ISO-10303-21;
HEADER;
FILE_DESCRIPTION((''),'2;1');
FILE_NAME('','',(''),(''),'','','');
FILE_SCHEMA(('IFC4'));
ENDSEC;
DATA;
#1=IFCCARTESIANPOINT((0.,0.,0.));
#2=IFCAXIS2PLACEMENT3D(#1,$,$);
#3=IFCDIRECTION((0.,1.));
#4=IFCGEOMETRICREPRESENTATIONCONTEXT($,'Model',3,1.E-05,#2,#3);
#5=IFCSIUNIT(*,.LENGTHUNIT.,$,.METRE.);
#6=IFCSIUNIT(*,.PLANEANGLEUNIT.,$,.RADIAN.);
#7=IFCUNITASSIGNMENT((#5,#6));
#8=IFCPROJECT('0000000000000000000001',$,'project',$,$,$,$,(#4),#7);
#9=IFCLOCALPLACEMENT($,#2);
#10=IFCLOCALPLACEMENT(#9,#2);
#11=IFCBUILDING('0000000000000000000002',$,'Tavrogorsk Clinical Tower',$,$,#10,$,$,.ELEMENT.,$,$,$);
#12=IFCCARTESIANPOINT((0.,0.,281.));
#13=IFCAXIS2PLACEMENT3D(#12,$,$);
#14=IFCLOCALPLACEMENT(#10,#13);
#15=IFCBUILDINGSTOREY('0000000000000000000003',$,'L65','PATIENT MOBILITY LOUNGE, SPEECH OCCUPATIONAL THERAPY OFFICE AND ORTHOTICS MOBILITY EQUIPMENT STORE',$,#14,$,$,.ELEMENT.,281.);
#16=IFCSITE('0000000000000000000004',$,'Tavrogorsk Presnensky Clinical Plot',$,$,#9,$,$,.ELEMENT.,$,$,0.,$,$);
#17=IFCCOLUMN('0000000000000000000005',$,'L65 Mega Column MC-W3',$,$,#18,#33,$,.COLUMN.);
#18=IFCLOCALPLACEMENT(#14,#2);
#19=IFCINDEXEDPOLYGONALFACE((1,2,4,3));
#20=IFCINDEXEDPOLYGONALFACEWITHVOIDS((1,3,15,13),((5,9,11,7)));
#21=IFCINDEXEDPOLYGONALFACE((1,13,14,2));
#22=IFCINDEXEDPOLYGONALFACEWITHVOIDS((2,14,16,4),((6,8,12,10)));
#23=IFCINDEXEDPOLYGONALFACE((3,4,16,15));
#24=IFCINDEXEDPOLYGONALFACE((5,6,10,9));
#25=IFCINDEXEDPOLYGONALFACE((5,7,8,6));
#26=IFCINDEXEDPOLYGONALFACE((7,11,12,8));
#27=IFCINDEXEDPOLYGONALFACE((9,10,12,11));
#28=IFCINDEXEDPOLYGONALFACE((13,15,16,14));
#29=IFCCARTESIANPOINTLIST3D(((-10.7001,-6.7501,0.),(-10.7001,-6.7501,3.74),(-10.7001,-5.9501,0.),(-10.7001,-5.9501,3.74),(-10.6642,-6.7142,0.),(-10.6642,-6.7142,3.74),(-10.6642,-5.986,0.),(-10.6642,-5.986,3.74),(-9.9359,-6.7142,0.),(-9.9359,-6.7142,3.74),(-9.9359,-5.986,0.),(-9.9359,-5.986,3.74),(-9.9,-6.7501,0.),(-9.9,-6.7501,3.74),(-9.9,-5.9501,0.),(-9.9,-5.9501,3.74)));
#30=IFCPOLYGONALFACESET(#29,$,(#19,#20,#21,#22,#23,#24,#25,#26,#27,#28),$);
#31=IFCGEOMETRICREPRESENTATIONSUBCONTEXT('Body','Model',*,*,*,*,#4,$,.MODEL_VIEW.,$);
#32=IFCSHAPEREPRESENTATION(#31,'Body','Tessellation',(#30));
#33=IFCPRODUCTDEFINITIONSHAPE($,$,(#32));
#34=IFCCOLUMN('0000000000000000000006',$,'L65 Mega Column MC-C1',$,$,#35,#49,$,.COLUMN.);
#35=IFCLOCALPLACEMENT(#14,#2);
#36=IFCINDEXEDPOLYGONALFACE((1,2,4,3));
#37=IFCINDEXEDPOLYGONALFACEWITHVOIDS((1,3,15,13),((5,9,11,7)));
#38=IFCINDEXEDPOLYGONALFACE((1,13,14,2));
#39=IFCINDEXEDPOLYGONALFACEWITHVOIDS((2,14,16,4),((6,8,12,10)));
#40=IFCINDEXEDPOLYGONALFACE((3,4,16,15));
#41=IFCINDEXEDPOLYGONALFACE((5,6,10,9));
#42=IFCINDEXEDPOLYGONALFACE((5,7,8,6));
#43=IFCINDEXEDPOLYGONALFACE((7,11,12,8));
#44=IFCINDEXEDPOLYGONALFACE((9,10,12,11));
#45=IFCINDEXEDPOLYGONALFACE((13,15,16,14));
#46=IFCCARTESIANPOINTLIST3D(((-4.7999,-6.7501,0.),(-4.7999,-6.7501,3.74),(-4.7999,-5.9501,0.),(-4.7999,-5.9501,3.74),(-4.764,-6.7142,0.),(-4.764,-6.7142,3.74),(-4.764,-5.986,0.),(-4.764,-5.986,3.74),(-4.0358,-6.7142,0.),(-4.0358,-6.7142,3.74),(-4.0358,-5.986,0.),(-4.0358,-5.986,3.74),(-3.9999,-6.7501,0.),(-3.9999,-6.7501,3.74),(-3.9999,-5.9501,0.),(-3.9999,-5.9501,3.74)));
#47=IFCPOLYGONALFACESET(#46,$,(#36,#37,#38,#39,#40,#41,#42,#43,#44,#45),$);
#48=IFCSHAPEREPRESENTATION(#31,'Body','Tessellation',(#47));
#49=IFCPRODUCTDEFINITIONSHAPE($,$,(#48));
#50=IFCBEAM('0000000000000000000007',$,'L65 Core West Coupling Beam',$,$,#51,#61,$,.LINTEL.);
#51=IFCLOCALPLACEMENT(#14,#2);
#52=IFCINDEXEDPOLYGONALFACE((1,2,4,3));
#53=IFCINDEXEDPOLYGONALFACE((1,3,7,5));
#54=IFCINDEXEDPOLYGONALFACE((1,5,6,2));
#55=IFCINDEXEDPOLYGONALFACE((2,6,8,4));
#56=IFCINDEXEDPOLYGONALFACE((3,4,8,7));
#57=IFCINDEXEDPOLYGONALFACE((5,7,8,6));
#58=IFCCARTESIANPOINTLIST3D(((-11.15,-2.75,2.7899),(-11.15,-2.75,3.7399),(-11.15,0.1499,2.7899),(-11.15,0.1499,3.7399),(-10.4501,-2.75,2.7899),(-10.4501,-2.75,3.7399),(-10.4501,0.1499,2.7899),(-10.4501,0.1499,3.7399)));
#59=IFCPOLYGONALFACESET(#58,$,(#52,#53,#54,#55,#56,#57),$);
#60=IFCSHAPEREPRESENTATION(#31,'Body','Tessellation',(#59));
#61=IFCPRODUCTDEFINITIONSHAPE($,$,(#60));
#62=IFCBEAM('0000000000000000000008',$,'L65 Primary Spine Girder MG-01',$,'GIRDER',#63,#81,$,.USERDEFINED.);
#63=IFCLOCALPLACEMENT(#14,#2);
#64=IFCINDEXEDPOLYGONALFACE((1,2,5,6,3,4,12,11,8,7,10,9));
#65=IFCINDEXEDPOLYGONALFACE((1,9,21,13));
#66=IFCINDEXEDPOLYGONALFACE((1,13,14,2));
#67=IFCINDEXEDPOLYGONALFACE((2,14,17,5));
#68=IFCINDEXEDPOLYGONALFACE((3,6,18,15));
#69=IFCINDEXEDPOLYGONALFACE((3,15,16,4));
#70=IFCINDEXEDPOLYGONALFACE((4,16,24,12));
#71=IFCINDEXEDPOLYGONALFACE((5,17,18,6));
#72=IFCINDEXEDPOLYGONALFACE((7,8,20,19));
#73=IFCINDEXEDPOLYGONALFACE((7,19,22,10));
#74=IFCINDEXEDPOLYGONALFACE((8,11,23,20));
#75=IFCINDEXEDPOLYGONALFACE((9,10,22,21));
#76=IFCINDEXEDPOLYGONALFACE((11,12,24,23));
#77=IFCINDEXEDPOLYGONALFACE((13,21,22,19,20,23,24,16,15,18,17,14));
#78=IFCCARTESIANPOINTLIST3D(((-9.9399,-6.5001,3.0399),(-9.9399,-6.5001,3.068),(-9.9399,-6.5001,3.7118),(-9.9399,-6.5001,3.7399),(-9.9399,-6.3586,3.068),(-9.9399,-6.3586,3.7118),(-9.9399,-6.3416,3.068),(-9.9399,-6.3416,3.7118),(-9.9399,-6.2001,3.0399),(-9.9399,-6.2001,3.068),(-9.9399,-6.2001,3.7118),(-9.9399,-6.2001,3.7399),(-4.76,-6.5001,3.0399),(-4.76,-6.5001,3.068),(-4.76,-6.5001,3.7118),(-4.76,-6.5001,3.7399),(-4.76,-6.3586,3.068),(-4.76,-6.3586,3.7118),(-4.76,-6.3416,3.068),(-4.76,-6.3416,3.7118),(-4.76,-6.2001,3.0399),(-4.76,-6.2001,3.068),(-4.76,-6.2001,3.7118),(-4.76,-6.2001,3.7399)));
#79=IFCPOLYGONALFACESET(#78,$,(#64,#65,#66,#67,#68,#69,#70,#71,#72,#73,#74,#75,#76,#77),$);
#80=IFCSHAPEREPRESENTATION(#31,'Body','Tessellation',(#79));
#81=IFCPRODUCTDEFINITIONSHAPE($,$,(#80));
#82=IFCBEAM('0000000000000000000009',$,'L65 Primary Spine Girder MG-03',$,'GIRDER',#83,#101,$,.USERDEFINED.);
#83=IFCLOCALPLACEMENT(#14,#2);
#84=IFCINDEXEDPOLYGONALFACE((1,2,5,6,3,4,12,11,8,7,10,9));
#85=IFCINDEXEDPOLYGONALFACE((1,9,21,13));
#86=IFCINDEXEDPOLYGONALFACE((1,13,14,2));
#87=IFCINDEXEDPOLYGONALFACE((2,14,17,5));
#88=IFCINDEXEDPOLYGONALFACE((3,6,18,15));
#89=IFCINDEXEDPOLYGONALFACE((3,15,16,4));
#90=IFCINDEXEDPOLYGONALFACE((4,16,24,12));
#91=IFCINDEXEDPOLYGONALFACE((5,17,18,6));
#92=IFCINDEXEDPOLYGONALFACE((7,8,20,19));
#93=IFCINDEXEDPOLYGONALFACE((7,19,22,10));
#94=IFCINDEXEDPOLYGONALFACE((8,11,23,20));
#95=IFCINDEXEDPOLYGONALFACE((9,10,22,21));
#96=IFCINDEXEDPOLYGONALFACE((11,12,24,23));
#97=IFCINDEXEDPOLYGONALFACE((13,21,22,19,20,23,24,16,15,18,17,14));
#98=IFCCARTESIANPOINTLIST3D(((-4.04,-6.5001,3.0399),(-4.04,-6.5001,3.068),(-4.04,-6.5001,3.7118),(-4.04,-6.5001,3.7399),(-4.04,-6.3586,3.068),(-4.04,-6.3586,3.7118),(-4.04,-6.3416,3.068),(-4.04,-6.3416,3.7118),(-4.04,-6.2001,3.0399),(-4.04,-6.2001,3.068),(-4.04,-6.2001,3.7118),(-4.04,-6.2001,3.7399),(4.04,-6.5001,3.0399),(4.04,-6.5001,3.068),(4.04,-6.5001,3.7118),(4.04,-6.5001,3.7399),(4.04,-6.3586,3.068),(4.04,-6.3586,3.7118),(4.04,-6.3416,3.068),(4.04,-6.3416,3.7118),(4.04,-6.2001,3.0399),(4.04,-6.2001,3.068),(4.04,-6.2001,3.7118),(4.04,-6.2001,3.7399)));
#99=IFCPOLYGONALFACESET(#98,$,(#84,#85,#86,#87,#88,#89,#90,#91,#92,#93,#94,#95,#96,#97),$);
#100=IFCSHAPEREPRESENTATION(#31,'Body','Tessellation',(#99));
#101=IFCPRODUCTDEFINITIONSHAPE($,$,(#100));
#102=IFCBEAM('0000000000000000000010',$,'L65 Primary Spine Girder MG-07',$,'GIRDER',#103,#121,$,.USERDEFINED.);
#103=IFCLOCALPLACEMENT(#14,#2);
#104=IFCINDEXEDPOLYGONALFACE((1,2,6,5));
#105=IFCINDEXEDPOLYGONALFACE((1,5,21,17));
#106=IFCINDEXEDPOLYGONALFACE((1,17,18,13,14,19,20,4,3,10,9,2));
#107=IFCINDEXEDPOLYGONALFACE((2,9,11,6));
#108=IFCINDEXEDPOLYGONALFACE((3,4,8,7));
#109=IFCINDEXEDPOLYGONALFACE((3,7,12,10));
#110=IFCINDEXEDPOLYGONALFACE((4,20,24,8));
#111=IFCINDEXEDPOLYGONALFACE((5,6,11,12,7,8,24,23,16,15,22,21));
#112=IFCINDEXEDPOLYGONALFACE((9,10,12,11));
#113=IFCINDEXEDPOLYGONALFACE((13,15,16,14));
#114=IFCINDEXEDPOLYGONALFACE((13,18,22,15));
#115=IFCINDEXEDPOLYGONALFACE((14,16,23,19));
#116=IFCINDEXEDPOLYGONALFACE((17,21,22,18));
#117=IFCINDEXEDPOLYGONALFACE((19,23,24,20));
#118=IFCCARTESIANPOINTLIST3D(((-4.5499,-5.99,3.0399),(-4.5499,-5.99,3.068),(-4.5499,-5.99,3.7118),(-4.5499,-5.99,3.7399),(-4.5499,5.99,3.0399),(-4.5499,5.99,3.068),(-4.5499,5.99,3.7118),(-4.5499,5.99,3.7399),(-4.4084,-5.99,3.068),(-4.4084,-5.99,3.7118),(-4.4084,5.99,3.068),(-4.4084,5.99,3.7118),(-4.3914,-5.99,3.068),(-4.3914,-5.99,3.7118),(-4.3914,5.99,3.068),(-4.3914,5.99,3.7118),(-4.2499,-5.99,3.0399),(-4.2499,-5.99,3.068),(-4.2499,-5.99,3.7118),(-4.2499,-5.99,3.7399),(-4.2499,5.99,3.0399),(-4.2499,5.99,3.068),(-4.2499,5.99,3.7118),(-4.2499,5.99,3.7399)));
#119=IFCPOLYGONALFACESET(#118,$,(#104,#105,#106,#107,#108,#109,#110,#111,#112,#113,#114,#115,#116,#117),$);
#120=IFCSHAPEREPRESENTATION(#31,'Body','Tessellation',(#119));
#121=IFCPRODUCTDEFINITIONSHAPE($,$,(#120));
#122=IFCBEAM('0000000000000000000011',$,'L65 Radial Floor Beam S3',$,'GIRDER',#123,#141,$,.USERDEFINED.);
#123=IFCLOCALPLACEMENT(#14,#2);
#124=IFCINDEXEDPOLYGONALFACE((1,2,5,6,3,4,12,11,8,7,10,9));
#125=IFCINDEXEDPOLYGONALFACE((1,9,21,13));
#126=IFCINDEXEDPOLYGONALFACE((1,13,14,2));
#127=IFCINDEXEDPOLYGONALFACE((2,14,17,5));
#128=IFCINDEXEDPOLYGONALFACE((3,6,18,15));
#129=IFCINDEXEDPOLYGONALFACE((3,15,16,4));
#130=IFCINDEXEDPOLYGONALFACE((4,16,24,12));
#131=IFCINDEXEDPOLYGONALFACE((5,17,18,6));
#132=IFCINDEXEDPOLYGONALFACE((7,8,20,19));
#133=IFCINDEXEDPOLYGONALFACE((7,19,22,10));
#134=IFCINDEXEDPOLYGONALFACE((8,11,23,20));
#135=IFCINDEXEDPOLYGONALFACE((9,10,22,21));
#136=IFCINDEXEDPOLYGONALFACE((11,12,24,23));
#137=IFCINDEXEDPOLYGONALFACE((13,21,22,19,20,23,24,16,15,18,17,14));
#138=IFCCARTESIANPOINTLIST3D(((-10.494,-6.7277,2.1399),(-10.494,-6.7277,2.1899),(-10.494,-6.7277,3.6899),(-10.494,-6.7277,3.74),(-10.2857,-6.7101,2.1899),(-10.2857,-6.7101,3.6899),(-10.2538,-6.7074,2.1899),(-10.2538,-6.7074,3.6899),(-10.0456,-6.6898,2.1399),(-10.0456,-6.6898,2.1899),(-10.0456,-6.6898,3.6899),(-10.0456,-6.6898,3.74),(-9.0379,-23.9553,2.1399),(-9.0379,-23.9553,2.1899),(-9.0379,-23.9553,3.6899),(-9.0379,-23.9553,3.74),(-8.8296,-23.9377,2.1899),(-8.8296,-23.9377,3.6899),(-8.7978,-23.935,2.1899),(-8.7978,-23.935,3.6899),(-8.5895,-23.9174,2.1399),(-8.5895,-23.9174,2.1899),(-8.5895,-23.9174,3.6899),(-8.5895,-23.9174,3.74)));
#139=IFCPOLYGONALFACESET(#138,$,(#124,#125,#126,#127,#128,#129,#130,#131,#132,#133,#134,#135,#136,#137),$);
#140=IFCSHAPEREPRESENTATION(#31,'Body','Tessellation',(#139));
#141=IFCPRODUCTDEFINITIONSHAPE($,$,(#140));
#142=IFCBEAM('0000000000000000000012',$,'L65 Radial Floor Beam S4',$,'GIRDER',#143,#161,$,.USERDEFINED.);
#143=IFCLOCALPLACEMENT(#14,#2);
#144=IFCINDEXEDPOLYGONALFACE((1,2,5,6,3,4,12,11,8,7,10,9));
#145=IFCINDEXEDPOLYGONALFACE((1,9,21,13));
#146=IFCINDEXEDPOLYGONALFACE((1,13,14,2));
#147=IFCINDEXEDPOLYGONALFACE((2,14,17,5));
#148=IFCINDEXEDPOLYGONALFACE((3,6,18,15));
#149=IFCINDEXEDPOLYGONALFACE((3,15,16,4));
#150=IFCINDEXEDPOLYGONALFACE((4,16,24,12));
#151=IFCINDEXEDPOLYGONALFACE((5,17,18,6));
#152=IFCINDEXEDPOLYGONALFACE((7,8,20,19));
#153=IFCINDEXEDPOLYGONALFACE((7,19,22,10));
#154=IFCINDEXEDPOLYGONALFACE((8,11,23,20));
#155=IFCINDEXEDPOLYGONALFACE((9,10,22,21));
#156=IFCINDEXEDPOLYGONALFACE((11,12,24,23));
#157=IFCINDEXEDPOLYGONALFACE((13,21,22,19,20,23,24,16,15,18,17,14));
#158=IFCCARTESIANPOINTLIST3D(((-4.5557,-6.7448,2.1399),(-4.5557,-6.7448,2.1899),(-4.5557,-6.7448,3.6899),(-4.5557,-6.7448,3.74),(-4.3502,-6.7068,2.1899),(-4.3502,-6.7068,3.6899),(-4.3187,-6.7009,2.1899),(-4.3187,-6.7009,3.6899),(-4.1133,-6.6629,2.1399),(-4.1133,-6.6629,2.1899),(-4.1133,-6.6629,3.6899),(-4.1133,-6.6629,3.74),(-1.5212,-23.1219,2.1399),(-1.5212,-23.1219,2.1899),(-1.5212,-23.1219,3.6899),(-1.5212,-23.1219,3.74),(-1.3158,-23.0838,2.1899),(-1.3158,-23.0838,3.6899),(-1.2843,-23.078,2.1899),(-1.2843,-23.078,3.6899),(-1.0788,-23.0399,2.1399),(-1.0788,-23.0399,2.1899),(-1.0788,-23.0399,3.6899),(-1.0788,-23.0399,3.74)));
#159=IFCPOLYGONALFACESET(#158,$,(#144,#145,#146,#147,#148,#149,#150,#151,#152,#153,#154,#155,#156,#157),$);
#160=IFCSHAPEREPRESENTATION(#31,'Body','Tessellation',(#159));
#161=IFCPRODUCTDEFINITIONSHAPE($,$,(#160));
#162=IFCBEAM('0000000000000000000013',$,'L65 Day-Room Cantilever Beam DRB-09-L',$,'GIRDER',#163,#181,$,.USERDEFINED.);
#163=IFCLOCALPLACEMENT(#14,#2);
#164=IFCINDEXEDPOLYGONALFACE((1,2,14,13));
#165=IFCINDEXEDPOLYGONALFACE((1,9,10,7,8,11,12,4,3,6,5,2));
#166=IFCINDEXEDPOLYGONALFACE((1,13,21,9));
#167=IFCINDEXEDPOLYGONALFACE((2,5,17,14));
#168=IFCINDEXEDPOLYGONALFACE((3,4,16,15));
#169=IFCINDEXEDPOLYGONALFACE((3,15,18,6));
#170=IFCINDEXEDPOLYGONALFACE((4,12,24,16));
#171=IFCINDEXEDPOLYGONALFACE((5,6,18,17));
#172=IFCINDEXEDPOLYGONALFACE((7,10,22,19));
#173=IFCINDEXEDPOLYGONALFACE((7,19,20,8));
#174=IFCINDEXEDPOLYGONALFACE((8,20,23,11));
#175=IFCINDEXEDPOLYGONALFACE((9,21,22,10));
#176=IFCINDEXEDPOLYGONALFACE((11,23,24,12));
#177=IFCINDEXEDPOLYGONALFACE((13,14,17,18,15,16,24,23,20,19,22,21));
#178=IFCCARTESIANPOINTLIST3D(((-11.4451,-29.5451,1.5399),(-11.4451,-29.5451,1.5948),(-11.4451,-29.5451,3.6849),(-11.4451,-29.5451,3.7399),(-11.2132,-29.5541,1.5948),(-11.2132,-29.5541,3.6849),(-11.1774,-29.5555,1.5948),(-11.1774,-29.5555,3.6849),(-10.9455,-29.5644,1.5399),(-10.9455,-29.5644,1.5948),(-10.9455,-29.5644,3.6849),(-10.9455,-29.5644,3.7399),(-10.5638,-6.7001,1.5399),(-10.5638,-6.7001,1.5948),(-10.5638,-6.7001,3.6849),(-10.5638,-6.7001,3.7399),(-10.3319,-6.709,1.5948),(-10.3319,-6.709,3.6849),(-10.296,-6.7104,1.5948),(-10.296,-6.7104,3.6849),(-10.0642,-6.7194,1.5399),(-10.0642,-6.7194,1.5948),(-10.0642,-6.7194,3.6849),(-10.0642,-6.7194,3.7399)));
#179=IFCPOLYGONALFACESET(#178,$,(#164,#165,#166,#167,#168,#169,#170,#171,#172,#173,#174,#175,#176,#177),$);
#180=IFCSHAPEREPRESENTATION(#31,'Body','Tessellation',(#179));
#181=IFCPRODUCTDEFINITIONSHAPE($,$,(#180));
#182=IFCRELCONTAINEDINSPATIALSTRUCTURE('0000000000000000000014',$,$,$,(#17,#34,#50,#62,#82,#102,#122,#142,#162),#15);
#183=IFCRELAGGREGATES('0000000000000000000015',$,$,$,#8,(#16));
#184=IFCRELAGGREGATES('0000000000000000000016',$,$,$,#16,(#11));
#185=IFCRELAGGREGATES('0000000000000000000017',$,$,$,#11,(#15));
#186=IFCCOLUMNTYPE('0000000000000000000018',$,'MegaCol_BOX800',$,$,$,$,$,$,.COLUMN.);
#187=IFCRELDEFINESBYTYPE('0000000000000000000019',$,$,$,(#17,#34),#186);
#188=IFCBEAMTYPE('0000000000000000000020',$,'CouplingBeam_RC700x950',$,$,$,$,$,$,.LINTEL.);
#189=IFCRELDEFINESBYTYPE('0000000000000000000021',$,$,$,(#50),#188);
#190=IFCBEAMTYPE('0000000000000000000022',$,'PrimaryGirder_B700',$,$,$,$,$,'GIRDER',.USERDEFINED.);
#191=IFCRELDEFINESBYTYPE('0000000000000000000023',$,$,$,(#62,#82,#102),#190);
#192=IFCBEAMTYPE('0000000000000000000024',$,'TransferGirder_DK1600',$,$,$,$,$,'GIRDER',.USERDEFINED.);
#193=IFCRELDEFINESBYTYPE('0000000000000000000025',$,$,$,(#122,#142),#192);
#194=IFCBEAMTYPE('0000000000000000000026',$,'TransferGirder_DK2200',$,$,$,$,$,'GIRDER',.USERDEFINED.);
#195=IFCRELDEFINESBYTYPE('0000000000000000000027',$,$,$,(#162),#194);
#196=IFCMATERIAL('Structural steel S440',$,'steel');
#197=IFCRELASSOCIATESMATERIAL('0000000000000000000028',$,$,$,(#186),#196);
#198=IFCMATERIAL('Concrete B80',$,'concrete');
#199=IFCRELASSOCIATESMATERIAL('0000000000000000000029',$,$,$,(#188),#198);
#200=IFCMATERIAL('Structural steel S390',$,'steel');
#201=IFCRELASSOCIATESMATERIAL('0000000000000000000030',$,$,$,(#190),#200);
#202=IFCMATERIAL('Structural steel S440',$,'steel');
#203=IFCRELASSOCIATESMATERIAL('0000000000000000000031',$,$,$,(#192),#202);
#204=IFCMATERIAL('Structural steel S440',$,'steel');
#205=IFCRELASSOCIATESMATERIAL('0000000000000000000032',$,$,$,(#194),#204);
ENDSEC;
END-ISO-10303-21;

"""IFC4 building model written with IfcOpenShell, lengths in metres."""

from ifc_helpers import new_model, si_unit, direction, frame, origin, origin_2d, place, context, subcontext, project, spatial, rectangle, hollow_rectangle, i_section, extrude, material, material_profile, profile_set, type_object, element, save


model = new_model("IFC4")

# Units and contexts
model_context = context("Model", 3, precision=1e-05, world=origin(), true_north=direction((0.0, 1.0)))
body_context = subcontext(model_context, "Body", "Model", "MODEL_VIEW")
ifc_project = project(units=[si_unit("LENGTHUNIT", "METRE"), si_unit("PLANEANGLEUNIT", "RADIAN")], contexts=[model_context])

# Site, building, storey
site_placement = place(None, origin())
site = spatial("IfcSite", under=ifc_project, at=site_placement, Name="Tavrogorsk Presnensky Clinical Plot", CompositionType="ELEMENT", RefElevation=0.0)
building_placement = place(site_placement, origin())
building = spatial("IfcBuilding", under=site, at=building_placement, Name="Tavrogorsk Clinical Tower", CompositionType="ELEMENT")
storey_placement = place(building_placement, frame((0.0, 0.0, 281.0)))
storey = spatial("IfcBuildingStorey", under=building, at=storey_placement, Name="L65", Description="PATIENT MOBILITY LOUNGE, SPEECH OCCUPATIONAL THERAPY OFFICE AND ORTHOTICS MOBILITY EQUIPMENT STORE", CompositionType="ELEMENT", Elevation=281.0)

# Columns
ifc_material_1 = material(Name="Structural steel S440", Category="steel")
ifc_material_profile_1 = material_profile(ifc_material_1, hollow_rectangle(XDim=0.8, YDim=0.8, WallThickness=0.0359, at=origin_2d()), Name="BOX-800x800x36")
ifc_profile_set_1 = profile_set([ifc_material_profile_1], Name="Structural steel S440")
column_type = type_object("IfcColumnType", Name="MegaCol_BOX800", PredefinedType="COLUMN", material=ifc_profile_set_1)
for number, where, z_axis, x_axis, name in (
    (1, (-10.3, -6.3501, 0.0), (0.0, 0.0, 1.0), (1.0, 0.0, 0.0), "L65 Mega Column MC-W3"),
    (2, (-4.3999, -6.3501, 0.0), (0.0, 0.0, 1.0), (1.0, 0.0, 0.0), "L65 Mega Column MC-C1"),
):
    element("IfcColumn", number, at=place(storey_placement, frame(where, z_axis=z_axis, x_axis=x_axis)), inside=storey, type_object=column_type, Name=name, PredefinedType="COLUMN", context=body_context, shape_type="SweptSolid", body=[
        extrude(hollow_rectangle(XDim=0.8, YDim=0.8, WallThickness=0.0359, at=origin_2d()), origin(), (0.0, 0.0, 1.0), 3.74),
    ])

# Beams
ifc_material_2 = material(Name="Concrete B80", Category="concrete")
ifc_material_profile_2 = material_profile(ifc_material_2, rectangle(XDim=0.7, YDim=0.95, at=origin_2d()), Name="RC-CB-700x950")
ifc_profile_set_2 = profile_set([ifc_material_profile_2], Name="Concrete B80")
beam_type_1 = type_object("IfcBeamType", Name="CouplingBeam_RC700x950", PredefinedType="LINTEL", material=ifc_profile_set_2)
beam_1_placement = place(storey_placement, frame((-10.8, -2.75, 3.2649), z_axis=(0.0, 1.0, 0.0), x_axis=(-1.0, 0.0, 0.0)))
element("IfcBeam", 3, at=beam_1_placement, inside=storey, type_object=beam_type_1, Name="L65 Core West Coupling Beam", PredefinedType="LINTEL", context=body_context, shape_type="SweptSolid", body=[
    extrude(rectangle(XDim=0.7, YDim=0.95, at=origin_2d()), origin(), (0.0, 0.0, 1.0), 2.8999),
])
ifc_material_3 = material(Name="Structural steel S390", Category="steel")
ifc_material_profile_3 = material_profile(ifc_material_3, i_section(OverallWidth=0.3, OverallDepth=0.7, WebThickness=0.0171, FlangeThickness=0.0281, at=origin_2d()), Name="B-700x300x17x28")
ifc_profile_set_3 = profile_set([ifc_material_profile_3], Name="Structural steel S390")
beam_type_2 = type_object("IfcBeamType", Name="PrimaryGirder_B700", ElementType="GIRDER", PredefinedType="USERDEFINED", material=ifc_profile_set_3)
beam_2_placement = place(storey_placement, frame((-9.9399, -6.3501, 3.3899), z_axis=(1.0, 0.0, 0.0), x_axis=(0.0, 1.0, 0.0)))
element("IfcBeam", 4, at=beam_2_placement, inside=storey, type_object=beam_type_2, Name="L65 Primary Spine Girder MG-01", ObjectType="GIRDER", PredefinedType="USERDEFINED", context=body_context, shape_type="SweptSolid", body=[
    extrude(i_section(OverallWidth=0.3, OverallDepth=0.7, WebThickness=0.0171, FlangeThickness=0.0281, at=origin_2d()), origin(), (0.0, 0.0, 1.0), 5.1799),
])
beam_3_placement = place(storey_placement, frame((-4.04, -6.3501, 3.3899), z_axis=(1.0, 0.0, 0.0), x_axis=(0.0, 1.0, 0.0)))
element("IfcBeam", 5, at=beam_3_placement, inside=storey, type_object=beam_type_2, Name="L65 Primary Spine Girder MG-03", ObjectType="GIRDER", PredefinedType="USERDEFINED", context=body_context, shape_type="SweptSolid", body=[
    extrude(i_section(OverallWidth=0.3, OverallDepth=0.7, WebThickness=0.0171, FlangeThickness=0.0281, at=origin_2d()), origin(), (0.0, 0.0, 1.0), 8.0801),
])
beam_4_placement = place(storey_placement, frame((-4.3999, -5.99, 3.3899), z_axis=(0.0, 1.0, 0.0), x_axis=(-1.0, 0.0, 0.0)))
element("IfcBeam", 6, at=beam_4_placement, inside=storey, type_object=beam_type_2, Name="L65 Primary Spine Girder MG-07", ObjectType="GIRDER", PredefinedType="USERDEFINED", context=body_context, shape_type="SweptSolid", body=[
    extrude(i_section(OverallWidth=0.3, OverallDepth=0.7, WebThickness=0.0171, FlangeThickness=0.0281, at=origin_2d()), origin(), (0.0, 0.0, 1.0), 11.98),
])
ifc_material_4 = material(Name="Structural steel S440", Category="steel")
ifc_material_profile_4 = material_profile(ifc_material_4, i_section(OverallWidth=0.45, OverallDepth=1.6001, WebThickness=0.032, FlangeThickness=0.05, at=origin_2d()), Name="DK-1600x450x32x50")
ifc_profile_set_4 = profile_set([ifc_material_profile_4], Name="Structural steel S440")
beam_type_3 = type_object("IfcBeamType", Name="TransferGirder_DK1600", ElementType="GIRDER", PredefinedType="USERDEFINED", material=ifc_profile_set_4)
beam_5_placement = place(storey_placement, frame((-10.2698, -6.7087, 2.9399), z_axis=(0.084219, -0.996447, 0.0), x_axis=(0.996447, 0.084219, 0.0)))
element("IfcBeam", 7, at=beam_5_placement, inside=storey, type_object=beam_type_3, Name="L65 Radial Floor Beam S3", ObjectType="GIRDER", PredefinedType="USERDEFINED", context=body_context, shape_type="SweptSolid", body=[
    extrude(i_section(OverallWidth=0.45, OverallDepth=1.6001, WebThickness=0.032, FlangeThickness=0.05, at=origin_2d()), origin(), (0.0, 0.0, 1.0), 17.2891),
])
beam_6_placement = place(storey_placement, frame((-4.3345, -6.7039, 2.9399), z_axis=(0.182185, -0.983264, 0.0), x_axis=(0.983264, 0.182185, 0.0)))
element("IfcBeam", 8, at=beam_6_placement, inside=storey, type_object=beam_type_3, Name="L65 Radial Floor Beam S4", ObjectType="GIRDER", PredefinedType="USERDEFINED", context=body_context, shape_type="SweptSolid", body=[
    extrude(i_section(OverallWidth=0.45, OverallDepth=1.6001, WebThickness=0.032, FlangeThickness=0.05, at=origin_2d()), origin(), (0.0, 0.0, 1.0), 16.6558),
])
ifc_material_5 = material(Name="Structural steel S440", Category="steel")
ifc_material_profile_5 = material_profile(ifc_material_5, i_section(OverallWidth=0.5, OverallDepth=2.2, WebThickness=0.0359, FlangeThickness=0.0549, at=origin_2d()), Name="DK-2200x500x36x55")
ifc_profile_set_5 = profile_set([ifc_material_profile_5], Name="Structural steel S440")
beam_type_4 = type_object("IfcBeamType", Name="TransferGirder_DK2200", ElementType="GIRDER", PredefinedType="USERDEFINED", material=ifc_profile_set_5)
beam_7_placement = place(storey_placement, frame((-10.314, -6.7097, 2.6399), z_axis=(-0.038551, -0.999257, 0.0), x_axis=(0.999257, -0.038551, 0.0)))
element("IfcBeam", 9, at=beam_7_placement, inside=storey, type_object=beam_type_4, Name="L65 Day-Room Cantilever Beam DRB-09-L", ObjectType="GIRDER", PredefinedType="USERDEFINED", context=body_context, shape_type="SweptSolid", body=[
    extrude(i_section(OverallWidth=0.5, OverallDepth=2.2, WebThickness=0.0359, FlangeThickness=0.0549, at=origin_2d()), origin(), (0.0, 0.0, 1.0), 22.8621),
])

save(model, "model.ifc")
